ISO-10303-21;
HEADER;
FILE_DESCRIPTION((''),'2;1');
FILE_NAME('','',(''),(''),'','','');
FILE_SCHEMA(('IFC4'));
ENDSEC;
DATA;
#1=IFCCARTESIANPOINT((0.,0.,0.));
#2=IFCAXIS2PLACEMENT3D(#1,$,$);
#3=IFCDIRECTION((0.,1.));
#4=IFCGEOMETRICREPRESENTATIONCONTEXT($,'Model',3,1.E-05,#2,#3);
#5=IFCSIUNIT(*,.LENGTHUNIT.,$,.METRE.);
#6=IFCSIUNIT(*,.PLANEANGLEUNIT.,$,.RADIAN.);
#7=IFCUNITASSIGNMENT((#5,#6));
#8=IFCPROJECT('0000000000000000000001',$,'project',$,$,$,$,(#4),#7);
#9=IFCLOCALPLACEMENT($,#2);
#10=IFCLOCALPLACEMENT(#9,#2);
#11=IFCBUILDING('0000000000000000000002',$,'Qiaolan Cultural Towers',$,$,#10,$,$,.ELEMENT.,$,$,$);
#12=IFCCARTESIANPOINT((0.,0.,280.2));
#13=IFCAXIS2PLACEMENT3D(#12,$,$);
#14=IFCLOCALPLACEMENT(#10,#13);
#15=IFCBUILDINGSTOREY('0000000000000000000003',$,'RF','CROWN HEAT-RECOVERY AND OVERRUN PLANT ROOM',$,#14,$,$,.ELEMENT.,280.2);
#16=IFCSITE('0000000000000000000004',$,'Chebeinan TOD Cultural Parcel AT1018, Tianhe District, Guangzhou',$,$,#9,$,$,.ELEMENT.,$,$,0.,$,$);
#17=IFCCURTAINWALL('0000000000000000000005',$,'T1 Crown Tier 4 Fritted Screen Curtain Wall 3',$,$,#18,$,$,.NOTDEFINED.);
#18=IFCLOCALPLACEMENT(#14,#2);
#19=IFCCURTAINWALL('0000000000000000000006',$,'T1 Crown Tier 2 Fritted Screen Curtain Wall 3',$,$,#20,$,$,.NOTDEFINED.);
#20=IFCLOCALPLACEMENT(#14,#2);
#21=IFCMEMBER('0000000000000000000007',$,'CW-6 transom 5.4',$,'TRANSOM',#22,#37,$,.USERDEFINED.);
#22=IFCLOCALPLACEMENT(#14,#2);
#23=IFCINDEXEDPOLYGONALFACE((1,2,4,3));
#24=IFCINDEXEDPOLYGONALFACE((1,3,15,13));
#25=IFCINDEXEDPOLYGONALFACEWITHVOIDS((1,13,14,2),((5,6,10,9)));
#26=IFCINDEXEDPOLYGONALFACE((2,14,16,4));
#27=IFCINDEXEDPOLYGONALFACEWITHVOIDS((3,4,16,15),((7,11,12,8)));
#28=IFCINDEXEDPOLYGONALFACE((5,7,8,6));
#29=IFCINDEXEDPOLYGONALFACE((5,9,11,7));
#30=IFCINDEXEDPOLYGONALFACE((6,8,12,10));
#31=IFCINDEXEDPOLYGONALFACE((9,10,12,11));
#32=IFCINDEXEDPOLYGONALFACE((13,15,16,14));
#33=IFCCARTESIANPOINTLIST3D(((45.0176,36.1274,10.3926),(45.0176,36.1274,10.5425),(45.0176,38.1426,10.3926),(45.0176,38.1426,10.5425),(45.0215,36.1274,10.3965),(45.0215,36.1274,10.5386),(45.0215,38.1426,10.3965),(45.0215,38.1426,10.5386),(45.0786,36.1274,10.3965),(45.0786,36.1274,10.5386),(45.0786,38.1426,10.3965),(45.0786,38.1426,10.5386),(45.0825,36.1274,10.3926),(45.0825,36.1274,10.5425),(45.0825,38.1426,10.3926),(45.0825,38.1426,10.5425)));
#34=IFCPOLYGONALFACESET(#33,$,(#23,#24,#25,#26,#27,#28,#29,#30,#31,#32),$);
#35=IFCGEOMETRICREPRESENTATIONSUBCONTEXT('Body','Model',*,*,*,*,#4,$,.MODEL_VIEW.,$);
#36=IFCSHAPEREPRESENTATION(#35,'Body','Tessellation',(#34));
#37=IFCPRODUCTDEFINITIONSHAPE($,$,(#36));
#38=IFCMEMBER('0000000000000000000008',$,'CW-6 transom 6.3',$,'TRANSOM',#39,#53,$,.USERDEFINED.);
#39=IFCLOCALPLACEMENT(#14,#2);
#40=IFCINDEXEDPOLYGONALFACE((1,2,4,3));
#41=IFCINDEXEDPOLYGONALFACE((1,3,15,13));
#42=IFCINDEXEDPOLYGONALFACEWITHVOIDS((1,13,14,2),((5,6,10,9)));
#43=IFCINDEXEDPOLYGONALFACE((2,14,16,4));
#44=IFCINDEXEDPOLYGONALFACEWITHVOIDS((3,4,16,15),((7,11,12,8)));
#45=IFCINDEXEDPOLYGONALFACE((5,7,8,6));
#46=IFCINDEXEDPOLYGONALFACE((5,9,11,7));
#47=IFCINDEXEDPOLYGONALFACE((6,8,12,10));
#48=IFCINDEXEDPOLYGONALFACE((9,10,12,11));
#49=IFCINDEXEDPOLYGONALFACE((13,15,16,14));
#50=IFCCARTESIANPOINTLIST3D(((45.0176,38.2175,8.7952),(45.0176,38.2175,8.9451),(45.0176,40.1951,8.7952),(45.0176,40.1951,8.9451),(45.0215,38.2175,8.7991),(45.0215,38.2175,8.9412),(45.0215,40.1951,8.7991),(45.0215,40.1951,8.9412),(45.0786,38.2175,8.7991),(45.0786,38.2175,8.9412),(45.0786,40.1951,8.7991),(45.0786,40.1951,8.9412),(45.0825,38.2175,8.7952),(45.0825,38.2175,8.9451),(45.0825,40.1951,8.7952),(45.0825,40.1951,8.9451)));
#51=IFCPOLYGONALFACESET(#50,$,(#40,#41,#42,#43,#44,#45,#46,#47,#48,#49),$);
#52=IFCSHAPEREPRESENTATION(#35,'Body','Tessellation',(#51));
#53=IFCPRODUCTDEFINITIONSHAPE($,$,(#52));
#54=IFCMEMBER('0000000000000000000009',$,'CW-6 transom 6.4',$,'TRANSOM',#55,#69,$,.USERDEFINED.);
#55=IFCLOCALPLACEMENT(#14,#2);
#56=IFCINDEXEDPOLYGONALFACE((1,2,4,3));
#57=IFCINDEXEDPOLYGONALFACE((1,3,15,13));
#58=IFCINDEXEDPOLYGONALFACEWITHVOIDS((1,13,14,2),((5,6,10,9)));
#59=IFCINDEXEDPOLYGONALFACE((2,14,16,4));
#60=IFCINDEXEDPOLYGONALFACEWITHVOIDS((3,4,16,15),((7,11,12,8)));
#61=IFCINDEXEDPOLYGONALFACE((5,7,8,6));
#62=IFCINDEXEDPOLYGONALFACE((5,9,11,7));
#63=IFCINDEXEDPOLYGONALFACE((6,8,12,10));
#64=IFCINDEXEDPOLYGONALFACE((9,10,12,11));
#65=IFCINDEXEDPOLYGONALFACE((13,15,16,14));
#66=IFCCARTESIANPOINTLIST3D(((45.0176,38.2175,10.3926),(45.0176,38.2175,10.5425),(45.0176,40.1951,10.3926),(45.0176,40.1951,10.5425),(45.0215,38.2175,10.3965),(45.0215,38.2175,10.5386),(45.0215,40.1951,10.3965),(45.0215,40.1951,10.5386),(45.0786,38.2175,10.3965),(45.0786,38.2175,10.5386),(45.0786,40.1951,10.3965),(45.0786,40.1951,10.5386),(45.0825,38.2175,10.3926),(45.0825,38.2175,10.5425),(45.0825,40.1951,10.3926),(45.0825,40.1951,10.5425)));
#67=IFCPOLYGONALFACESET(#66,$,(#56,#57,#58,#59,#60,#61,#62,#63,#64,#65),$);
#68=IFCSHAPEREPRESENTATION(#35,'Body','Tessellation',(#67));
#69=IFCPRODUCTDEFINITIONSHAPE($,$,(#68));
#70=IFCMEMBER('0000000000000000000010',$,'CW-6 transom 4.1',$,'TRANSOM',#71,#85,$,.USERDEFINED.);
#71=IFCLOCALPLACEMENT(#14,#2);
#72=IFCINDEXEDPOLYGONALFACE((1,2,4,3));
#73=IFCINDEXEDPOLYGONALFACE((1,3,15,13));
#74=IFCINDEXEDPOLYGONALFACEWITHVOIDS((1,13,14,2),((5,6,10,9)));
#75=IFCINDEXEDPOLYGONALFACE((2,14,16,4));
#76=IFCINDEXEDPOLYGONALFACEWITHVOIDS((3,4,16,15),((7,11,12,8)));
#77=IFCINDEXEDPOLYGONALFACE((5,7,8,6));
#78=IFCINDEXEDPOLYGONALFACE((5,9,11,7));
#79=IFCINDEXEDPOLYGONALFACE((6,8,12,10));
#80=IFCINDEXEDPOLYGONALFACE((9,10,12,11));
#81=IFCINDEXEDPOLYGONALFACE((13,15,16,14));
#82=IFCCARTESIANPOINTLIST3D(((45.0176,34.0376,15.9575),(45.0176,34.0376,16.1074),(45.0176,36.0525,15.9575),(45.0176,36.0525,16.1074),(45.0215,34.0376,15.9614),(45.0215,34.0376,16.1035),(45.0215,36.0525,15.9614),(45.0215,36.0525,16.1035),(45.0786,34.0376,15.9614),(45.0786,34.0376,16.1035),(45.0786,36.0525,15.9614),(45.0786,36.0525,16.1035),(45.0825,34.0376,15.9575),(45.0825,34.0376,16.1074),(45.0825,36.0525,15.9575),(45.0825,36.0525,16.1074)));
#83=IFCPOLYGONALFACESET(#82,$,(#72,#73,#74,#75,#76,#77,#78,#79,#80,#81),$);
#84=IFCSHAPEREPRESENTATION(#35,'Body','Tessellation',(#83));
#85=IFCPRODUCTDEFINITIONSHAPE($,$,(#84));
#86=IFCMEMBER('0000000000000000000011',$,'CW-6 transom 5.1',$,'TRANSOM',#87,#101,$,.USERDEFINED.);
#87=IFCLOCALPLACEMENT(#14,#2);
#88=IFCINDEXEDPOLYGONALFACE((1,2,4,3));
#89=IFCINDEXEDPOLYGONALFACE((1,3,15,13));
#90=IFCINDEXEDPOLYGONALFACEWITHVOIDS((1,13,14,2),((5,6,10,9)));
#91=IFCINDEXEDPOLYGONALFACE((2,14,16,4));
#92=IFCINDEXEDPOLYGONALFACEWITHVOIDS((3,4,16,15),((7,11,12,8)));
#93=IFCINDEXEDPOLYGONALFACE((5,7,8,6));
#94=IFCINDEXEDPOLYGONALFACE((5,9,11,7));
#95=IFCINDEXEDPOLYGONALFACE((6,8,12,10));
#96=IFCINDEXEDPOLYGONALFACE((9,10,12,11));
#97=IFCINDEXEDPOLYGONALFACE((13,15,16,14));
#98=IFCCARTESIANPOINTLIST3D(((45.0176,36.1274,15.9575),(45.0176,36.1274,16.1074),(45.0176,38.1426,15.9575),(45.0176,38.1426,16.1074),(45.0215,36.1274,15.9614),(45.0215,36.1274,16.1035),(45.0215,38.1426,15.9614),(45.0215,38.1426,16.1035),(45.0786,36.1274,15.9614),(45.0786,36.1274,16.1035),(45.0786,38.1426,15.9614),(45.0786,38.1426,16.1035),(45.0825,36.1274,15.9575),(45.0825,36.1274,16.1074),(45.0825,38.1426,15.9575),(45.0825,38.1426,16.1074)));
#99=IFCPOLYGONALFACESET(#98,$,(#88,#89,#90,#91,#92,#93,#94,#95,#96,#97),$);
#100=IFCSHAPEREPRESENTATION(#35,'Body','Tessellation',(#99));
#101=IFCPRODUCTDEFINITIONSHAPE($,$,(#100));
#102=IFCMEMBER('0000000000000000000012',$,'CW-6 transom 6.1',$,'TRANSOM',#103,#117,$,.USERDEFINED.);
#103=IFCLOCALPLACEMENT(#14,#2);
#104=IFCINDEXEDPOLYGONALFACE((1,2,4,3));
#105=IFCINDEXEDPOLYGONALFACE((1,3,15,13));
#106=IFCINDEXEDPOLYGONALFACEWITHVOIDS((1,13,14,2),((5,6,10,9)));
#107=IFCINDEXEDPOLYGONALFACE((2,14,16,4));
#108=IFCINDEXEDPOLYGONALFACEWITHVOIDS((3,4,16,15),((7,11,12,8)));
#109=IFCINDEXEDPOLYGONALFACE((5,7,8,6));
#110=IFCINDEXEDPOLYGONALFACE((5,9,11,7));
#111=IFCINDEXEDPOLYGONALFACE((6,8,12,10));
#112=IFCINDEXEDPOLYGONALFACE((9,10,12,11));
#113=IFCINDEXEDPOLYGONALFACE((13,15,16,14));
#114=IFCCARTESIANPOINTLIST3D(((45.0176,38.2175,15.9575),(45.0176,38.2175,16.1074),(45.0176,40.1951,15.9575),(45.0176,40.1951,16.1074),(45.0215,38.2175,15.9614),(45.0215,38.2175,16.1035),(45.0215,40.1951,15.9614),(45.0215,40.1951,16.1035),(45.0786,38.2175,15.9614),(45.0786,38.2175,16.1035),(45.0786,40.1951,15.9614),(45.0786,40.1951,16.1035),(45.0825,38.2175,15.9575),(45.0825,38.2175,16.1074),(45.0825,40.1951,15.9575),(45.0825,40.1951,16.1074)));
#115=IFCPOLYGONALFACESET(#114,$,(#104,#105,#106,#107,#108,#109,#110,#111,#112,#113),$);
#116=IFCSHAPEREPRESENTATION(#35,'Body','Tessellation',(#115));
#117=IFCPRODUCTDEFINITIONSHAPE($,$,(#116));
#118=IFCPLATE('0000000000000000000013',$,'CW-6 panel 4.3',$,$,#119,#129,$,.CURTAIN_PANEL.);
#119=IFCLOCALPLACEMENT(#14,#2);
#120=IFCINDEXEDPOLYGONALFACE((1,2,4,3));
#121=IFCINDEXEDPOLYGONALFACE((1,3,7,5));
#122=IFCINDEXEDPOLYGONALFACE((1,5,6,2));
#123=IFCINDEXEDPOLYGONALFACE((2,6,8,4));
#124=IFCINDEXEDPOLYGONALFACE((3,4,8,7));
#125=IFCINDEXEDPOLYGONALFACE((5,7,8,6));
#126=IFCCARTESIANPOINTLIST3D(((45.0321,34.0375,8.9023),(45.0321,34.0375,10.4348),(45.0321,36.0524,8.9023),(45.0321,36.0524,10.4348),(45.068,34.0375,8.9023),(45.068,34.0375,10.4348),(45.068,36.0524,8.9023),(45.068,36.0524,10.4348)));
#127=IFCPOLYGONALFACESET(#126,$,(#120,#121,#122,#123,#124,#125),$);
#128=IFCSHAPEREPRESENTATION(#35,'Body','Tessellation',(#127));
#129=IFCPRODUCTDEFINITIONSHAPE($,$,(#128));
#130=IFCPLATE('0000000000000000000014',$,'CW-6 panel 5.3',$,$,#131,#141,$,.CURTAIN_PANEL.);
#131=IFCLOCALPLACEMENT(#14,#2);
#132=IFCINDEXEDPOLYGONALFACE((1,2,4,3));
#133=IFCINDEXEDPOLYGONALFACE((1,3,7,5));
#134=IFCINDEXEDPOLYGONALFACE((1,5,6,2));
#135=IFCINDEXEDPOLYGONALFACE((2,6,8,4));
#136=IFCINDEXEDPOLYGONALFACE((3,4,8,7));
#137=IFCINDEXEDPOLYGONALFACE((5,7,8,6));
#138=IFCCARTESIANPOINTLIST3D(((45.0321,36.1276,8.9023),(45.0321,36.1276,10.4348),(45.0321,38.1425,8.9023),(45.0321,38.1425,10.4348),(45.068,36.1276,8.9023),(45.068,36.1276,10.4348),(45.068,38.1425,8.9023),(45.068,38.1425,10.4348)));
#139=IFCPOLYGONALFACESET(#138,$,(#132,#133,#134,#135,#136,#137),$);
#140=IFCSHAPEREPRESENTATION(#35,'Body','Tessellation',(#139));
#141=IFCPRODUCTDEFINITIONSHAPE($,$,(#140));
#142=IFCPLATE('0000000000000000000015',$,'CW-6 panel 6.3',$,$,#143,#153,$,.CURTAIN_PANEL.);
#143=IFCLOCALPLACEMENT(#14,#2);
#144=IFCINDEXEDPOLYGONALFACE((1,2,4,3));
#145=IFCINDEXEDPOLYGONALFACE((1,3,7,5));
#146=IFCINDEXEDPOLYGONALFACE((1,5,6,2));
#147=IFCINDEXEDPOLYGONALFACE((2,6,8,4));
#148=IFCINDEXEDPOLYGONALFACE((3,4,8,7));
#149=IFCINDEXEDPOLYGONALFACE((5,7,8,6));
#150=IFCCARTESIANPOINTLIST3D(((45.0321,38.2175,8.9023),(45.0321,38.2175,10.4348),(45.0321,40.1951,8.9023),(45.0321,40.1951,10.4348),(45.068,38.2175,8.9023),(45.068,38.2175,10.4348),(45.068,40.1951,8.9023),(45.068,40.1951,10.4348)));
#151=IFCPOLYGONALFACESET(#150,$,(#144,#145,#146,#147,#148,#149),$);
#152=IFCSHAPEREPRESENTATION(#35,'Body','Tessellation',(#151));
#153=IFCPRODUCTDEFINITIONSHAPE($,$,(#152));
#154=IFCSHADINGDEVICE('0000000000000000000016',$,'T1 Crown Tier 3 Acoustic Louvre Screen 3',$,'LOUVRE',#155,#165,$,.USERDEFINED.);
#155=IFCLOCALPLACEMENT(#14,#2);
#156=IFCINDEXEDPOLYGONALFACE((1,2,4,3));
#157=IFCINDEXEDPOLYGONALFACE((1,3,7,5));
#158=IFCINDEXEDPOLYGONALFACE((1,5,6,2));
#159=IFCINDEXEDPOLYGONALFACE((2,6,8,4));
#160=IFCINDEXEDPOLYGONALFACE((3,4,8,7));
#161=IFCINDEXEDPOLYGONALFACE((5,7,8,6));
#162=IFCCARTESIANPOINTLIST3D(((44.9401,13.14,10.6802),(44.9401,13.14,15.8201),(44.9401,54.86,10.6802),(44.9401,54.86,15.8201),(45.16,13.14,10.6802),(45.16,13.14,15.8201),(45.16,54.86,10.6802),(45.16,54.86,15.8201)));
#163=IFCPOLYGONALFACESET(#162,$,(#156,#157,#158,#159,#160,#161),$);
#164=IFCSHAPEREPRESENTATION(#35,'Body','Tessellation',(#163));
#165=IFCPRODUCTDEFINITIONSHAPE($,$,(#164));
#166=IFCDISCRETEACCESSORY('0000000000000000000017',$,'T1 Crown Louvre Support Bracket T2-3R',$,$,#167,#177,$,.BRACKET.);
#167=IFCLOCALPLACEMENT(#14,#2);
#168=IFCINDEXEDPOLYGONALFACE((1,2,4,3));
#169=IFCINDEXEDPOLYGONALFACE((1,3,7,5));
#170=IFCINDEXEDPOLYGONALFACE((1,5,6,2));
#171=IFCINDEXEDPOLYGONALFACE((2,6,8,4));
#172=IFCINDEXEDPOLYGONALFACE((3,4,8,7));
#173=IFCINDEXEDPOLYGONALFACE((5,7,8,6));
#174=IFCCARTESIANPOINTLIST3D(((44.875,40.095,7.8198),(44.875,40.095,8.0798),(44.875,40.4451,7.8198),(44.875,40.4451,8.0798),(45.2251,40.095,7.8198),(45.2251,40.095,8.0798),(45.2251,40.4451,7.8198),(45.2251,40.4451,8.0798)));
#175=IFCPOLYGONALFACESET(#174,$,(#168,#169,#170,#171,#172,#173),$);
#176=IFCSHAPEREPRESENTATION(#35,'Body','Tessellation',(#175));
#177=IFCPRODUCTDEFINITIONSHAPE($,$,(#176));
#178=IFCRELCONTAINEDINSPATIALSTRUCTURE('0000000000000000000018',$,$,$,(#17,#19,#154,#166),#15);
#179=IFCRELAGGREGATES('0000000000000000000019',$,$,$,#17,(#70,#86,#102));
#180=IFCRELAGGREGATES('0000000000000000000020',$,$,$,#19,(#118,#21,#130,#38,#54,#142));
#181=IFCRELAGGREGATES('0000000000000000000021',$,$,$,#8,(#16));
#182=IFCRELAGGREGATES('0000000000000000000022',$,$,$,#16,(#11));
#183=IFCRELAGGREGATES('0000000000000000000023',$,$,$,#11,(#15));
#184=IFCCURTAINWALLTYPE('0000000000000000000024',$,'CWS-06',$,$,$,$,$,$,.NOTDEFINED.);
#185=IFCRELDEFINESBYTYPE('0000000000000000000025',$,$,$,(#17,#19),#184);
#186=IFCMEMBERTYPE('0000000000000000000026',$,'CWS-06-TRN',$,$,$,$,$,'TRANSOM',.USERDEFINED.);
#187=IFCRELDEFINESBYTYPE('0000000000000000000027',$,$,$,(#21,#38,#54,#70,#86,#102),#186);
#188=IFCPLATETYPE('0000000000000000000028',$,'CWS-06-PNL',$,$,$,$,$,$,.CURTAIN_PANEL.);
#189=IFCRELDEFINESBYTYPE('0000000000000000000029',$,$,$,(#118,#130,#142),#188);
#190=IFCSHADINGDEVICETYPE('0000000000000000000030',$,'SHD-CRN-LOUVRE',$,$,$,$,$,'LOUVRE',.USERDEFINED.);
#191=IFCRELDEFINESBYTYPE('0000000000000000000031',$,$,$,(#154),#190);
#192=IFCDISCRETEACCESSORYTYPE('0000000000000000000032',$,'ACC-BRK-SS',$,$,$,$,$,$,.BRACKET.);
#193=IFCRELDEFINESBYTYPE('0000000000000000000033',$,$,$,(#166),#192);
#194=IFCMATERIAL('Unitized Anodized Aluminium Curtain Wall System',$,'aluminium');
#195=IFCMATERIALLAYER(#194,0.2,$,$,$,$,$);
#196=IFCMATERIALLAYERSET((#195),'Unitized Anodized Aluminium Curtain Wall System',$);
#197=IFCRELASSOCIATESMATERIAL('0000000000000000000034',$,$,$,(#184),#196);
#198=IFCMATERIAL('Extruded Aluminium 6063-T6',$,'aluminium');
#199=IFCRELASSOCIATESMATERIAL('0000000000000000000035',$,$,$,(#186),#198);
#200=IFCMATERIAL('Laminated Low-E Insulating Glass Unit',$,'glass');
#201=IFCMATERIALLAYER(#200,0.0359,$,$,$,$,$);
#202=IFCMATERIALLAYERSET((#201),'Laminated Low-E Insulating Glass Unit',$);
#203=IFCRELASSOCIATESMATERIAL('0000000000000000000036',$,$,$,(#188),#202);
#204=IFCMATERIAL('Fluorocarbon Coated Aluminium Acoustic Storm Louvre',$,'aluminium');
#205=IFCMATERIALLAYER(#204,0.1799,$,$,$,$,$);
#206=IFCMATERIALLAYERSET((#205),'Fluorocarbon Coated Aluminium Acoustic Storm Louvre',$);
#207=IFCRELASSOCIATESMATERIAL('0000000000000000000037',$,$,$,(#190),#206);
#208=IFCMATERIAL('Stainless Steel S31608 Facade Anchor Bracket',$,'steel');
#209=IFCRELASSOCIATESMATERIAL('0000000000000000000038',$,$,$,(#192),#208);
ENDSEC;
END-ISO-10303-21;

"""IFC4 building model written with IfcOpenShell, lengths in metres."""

from ifc_helpers import new_model, si_unit, direction, frame, origin, origin_2d, place, context, subcontext, project, spatial, rectangle, hollow_rectangle, extrude, material, layer, layer_set, material_profile, profile_set, type_object, element, aggregate, save


model = new_model("IFC4")

# Units and contexts
model_context = context("Model", 3, precision=1e-05, world=origin(), true_north=direction((0.0, 1.0)))
body_context = subcontext(model_context, "Body", "Model", "MODEL_VIEW")
ifc_project = project(units=[si_unit("LENGTHUNIT", "METRE"), si_unit("PLANEANGLEUNIT", "RADIAN")], contexts=[model_context])

# Site, building, storey
site_placement = place(None, origin())
site = spatial("IfcSite", under=ifc_project, at=site_placement, Name="Chebeinan TOD Cultural Parcel AT1018, Tianhe District, Guangzhou", CompositionType="ELEMENT", RefElevation=0.0)
building_placement = place(site_placement, origin())
building = spatial("IfcBuilding", under=site, at=building_placement, Name="Qiaolan Cultural Towers", CompositionType="ELEMENT")
storey_placement = place(building_placement, frame((0.0, 0.0, 280.2)))
storey = spatial("IfcBuildingStorey", under=building, at=storey_placement, Name="RF", Description="CROWN HEAT-RECOVERY AND OVERRUN PLANT ROOM", CompositionType="ELEMENT", Elevation=280.2)

# Curtain walls, members
ifc_material_1 = material(Name="Unitized Anodized Aluminium Curtain Wall System", Category="aluminium")
ifc_layer_1 = layer(ifc_material_1, 0.2)
ifc_layer_set_1 = layer_set([ifc_layer_1], Name="Unitized Anodized Aluminium Curtain Wall System")
curtain_wall_type = type_object("IfcCurtainWallType", Name="CWS-06", PredefinedType="NOTDEFINED", material=ifc_layer_set_1)
curtain_wall_1_placement = place(storey_placement, origin())
curtain_wall_1 = element("IfcCurtainWall", 1, at=curtain_wall_1_placement, inside=storey, type_object=curtain_wall_type, Name="T1 Crown Tier 4 Fritted Screen Curtain Wall 3", PredefinedType="NOTDEFINED")
curtain_wall_2_placement = place(storey_placement, origin())
curtain_wall_2 = element("IfcCurtainWall", 2, at=curtain_wall_2_placement, inside=storey, type_object=curtain_wall_type, Name="T1 Crown Tier 2 Fritted Screen Curtain Wall 3", PredefinedType="NOTDEFINED")
ifc_material_2 = material(Name="Extruded Aluminium 6063-T6", Category="aluminium")
ifc_material_profile_1 = material_profile(ifc_material_2, hollow_rectangle(XDim=0.0649, YDim=0.1499, WallThickness=0.0039, at=origin_2d()), Name="CWT-150x65x4")
ifc_profile_set_1 = profile_set([ifc_material_profile_1], Name="Extruded Aluminium 6063-T6")
member_type_1 = type_object("IfcMemberType", Name="CWS-06-TRN", ElementType="TRANSOM", PredefinedType="USERDEFINED", material=ifc_profile_set_1)
member_1_placement = place(storey_placement, frame((45.05, 36.1274, 10.4675), z_axis=(0.0, 1.0, 0.0), x_axis=(-1.0, 0.0, 0.0)))
member_1 = element("IfcMember", 3, at=member_1_placement, type_object=member_type_1, Name="CW-6 transom 5.4", ObjectType="TRANSOM", PredefinedType="USERDEFINED", context=body_context, shape_type="SweptSolid", body=[
    extrude(hollow_rectangle(XDim=0.0649, YDim=0.1499, WallThickness=0.0039, at=origin_2d()), origin(), (0.0, 0.0, 1.0), 2.0151),
])
member_2_placement = place(storey_placement, frame((45.05, 38.2175, 8.8701), z_axis=(0.0, 1.0, 0.0), x_axis=(-1.0, 0.0, 0.0)))
member_2 = element("IfcMember", 4, at=member_2_placement, type_object=member_type_1, Name="CW-6 transom 6.3", ObjectType="TRANSOM", PredefinedType="USERDEFINED", context=body_context, shape_type="SweptSolid", body=[
    extrude(hollow_rectangle(XDim=0.0649, YDim=0.1499, WallThickness=0.0039, at=origin_2d()), origin(), (0.0, 0.0, 1.0), 1.9775),
])
member_3_placement = place(storey_placement, frame((45.05, 38.2175, 10.4675), z_axis=(0.0, 1.0, 0.0), x_axis=(-1.0, 0.0, 0.0)))
member_3 = element("IfcMember", 5, at=member_3_placement, type_object=member_type_1, Name="CW-6 transom 6.4", ObjectType="TRANSOM", PredefinedType="USERDEFINED", context=body_context, shape_type="SweptSolid", body=[
    extrude(hollow_rectangle(XDim=0.0649, YDim=0.1499, WallThickness=0.0039, at=origin_2d()), origin(), (0.0, 0.0, 1.0), 1.9775),
])

# Members
member_4_placement = place(storey_placement, frame((45.05, 34.0376, 16.0325), z_axis=(0.0, 1.0, 0.0), x_axis=(-1.0, 0.0, 0.0)))
member_4 = element("IfcMember", 6, at=member_4_placement, type_object=member_type_1, Name="CW-6 transom 4.1", ObjectType="TRANSOM", PredefinedType="USERDEFINED", context=body_context, shape_type="SweptSolid", body=[
    extrude(hollow_rectangle(XDim=0.0649, YDim=0.1499, WallThickness=0.0039, at=origin_2d()), origin(), (0.0, 0.0, 1.0), 2.0149),
])
member_5_placement = place(storey_placement, frame((45.05, 36.1274, 16.0325), z_axis=(0.0, 1.0, 0.0), x_axis=(-1.0, 0.0, 0.0)))
member_5 = element("IfcMember", 7, at=member_5_placement, type_object=member_type_1, Name="CW-6 transom 5.1", ObjectType="TRANSOM", PredefinedType="USERDEFINED", context=body_context, shape_type="SweptSolid", body=[
    extrude(hollow_rectangle(XDim=0.0649, YDim=0.1499, WallThickness=0.0039, at=origin_2d()), origin(), (0.0, 0.0, 1.0), 2.0151),
])
member_6_placement = place(storey_placement, frame((45.05, 38.2175, 16.0325), z_axis=(0.0, 1.0, 0.0), x_axis=(-1.0, 0.0, 0.0)))
member_6 = element("IfcMember", 8, at=member_6_placement, type_object=member_type_1, Name="CW-6 transom 6.1", ObjectType="TRANSOM", PredefinedType="USERDEFINED", context=body_context, shape_type="SweptSolid", body=[
    extrude(hollow_rectangle(XDim=0.0649, YDim=0.1499, WallThickness=0.0039, at=origin_2d()), origin(), (0.0, 0.0, 1.0), 1.9775),
])
aggregate(curtain_wall_1, [member_4, member_5, member_6])

# Plates
ifc_material_3 = material(Name="Laminated Low-E Insulating Glass Unit", Category="glass")
ifc_layer_2 = layer(ifc_material_3, 0.0359)
ifc_layer_set_2 = layer_set([ifc_layer_2], Name="Laminated Low-E Insulating Glass Unit")
plate_type = type_object("IfcPlateType", Name="CWS-06-PNL", PredefinedType="CURTAIN_PANEL", material=ifc_layer_set_2)
plate_1_placement = place(storey_placement, frame((45.05, 35.0449, 8.9023), z_axis=(0.0, 0.0, 1.0), x_axis=(0.0, 1.0, 0.0)))
plate_1 = element("IfcPlate", 9, at=plate_1_placement, type_object=plate_type, Name="CW-6 panel 4.3", PredefinedType="CURTAIN_PANEL", context=body_context, shape_type="SweptSolid", body=[
    extrude(rectangle(XDim=2.0149, YDim=0.0359, at=origin_2d()), origin(), (0.0, 0.0, 1.0), 1.5325),
])
plate_2_placement = place(storey_placement, frame((45.05, 37.135, 8.9023), z_axis=(0.0, 0.0, 1.0), x_axis=(0.0, 1.0, 0.0)))
plate_2 = element("IfcPlate", 10, at=plate_2_placement, type_object=plate_type, Name="CW-6 panel 5.3", PredefinedType="CURTAIN_PANEL", context=body_context, shape_type="SweptSolid", body=[
    extrude(rectangle(XDim=2.0149, YDim=0.0359, at=origin_2d()), origin(), (0.0, 0.0, 1.0), 1.5325),
])
plate_3_placement = place(storey_placement, frame((45.05, 39.2063, 8.9023), z_axis=(0.0, 0.0, 1.0), x_axis=(0.0, 1.0, 0.0)))
plate_3 = element("IfcPlate", 11, at=plate_3_placement, type_object=plate_type, Name="CW-6 panel 6.3", PredefinedType="CURTAIN_PANEL", context=body_context, shape_type="SweptSolid", body=[
    extrude(rectangle(XDim=1.9775, YDim=0.0359, at=origin_2d()), origin(), (0.0, 0.0, 1.0), 1.5325),
])
aggregate(curtain_wall_2, [plate_1, member_1, plate_2, member_2, member_3, plate_3])

# Shading device
ifc_material_4 = material(Name="Fluorocarbon Coated Aluminium Acoustic Storm Louvre", Category="aluminium")
ifc_layer_3 = layer(ifc_material_4, 0.1799)
ifc_layer_set_3 = layer_set([ifc_layer_3], Name="Fluorocarbon Coated Aluminium Acoustic Storm Louvre")
shading_device_type = type_object("IfcShadingDeviceType", Name="SHD-CRN-LOUVRE", ElementType="LOUVRE", PredefinedType="USERDEFINED", material=ifc_layer_set_3)
shading_device_placement = place(storey_placement, frame((45.05, 34.0, 10.6802), z_axis=(0.0, 0.0, 1.0), x_axis=(0.0, 1.0, 0.0)))
element("IfcShadingDevice", 12, at=shading_device_placement, inside=storey, type_object=shading_device_type, Name="T1 Crown Tier 3 Acoustic Louvre Screen 3", ObjectType="LOUVRE", PredefinedType="USERDEFINED", context=body_context, shape_type="SweptSolid", body=[
    extrude(rectangle(XDim=41.72, YDim=0.22, at=origin_2d()), origin(), (0.0, 0.0, 1.0), 5.1399),
])

# Discrete accessory
ifc_material_5 = material(Name="Stainless Steel S31608 Facade Anchor Bracket", Category="steel")
discrete_accessory_type = type_object("IfcDiscreteAccessoryType", Name="ACC-BRK-SS", PredefinedType="BRACKET", material=ifc_material_5)
discrete_accessory_placement = place(storey_placement, frame((45.05, 40.27, 7.8198), z_axis=(0.0, 0.0, 1.0), x_axis=(0.0, 1.0, 0.0)))
element("IfcDiscreteAccessory", 13, at=discrete_accessory_placement, inside=storey, type_object=discrete_accessory_type, Name="T1 Crown Louvre Support Bracket T2-3R", PredefinedType="BRACKET", context=body_context, shape_type="SweptSolid", body=[
    extrude(rectangle(XDim=0.3501, YDim=0.3501, at=origin_2d()), origin(), (0.0, 0.0, 1.0), 0.26),
])

save(model, "model.ifc")
